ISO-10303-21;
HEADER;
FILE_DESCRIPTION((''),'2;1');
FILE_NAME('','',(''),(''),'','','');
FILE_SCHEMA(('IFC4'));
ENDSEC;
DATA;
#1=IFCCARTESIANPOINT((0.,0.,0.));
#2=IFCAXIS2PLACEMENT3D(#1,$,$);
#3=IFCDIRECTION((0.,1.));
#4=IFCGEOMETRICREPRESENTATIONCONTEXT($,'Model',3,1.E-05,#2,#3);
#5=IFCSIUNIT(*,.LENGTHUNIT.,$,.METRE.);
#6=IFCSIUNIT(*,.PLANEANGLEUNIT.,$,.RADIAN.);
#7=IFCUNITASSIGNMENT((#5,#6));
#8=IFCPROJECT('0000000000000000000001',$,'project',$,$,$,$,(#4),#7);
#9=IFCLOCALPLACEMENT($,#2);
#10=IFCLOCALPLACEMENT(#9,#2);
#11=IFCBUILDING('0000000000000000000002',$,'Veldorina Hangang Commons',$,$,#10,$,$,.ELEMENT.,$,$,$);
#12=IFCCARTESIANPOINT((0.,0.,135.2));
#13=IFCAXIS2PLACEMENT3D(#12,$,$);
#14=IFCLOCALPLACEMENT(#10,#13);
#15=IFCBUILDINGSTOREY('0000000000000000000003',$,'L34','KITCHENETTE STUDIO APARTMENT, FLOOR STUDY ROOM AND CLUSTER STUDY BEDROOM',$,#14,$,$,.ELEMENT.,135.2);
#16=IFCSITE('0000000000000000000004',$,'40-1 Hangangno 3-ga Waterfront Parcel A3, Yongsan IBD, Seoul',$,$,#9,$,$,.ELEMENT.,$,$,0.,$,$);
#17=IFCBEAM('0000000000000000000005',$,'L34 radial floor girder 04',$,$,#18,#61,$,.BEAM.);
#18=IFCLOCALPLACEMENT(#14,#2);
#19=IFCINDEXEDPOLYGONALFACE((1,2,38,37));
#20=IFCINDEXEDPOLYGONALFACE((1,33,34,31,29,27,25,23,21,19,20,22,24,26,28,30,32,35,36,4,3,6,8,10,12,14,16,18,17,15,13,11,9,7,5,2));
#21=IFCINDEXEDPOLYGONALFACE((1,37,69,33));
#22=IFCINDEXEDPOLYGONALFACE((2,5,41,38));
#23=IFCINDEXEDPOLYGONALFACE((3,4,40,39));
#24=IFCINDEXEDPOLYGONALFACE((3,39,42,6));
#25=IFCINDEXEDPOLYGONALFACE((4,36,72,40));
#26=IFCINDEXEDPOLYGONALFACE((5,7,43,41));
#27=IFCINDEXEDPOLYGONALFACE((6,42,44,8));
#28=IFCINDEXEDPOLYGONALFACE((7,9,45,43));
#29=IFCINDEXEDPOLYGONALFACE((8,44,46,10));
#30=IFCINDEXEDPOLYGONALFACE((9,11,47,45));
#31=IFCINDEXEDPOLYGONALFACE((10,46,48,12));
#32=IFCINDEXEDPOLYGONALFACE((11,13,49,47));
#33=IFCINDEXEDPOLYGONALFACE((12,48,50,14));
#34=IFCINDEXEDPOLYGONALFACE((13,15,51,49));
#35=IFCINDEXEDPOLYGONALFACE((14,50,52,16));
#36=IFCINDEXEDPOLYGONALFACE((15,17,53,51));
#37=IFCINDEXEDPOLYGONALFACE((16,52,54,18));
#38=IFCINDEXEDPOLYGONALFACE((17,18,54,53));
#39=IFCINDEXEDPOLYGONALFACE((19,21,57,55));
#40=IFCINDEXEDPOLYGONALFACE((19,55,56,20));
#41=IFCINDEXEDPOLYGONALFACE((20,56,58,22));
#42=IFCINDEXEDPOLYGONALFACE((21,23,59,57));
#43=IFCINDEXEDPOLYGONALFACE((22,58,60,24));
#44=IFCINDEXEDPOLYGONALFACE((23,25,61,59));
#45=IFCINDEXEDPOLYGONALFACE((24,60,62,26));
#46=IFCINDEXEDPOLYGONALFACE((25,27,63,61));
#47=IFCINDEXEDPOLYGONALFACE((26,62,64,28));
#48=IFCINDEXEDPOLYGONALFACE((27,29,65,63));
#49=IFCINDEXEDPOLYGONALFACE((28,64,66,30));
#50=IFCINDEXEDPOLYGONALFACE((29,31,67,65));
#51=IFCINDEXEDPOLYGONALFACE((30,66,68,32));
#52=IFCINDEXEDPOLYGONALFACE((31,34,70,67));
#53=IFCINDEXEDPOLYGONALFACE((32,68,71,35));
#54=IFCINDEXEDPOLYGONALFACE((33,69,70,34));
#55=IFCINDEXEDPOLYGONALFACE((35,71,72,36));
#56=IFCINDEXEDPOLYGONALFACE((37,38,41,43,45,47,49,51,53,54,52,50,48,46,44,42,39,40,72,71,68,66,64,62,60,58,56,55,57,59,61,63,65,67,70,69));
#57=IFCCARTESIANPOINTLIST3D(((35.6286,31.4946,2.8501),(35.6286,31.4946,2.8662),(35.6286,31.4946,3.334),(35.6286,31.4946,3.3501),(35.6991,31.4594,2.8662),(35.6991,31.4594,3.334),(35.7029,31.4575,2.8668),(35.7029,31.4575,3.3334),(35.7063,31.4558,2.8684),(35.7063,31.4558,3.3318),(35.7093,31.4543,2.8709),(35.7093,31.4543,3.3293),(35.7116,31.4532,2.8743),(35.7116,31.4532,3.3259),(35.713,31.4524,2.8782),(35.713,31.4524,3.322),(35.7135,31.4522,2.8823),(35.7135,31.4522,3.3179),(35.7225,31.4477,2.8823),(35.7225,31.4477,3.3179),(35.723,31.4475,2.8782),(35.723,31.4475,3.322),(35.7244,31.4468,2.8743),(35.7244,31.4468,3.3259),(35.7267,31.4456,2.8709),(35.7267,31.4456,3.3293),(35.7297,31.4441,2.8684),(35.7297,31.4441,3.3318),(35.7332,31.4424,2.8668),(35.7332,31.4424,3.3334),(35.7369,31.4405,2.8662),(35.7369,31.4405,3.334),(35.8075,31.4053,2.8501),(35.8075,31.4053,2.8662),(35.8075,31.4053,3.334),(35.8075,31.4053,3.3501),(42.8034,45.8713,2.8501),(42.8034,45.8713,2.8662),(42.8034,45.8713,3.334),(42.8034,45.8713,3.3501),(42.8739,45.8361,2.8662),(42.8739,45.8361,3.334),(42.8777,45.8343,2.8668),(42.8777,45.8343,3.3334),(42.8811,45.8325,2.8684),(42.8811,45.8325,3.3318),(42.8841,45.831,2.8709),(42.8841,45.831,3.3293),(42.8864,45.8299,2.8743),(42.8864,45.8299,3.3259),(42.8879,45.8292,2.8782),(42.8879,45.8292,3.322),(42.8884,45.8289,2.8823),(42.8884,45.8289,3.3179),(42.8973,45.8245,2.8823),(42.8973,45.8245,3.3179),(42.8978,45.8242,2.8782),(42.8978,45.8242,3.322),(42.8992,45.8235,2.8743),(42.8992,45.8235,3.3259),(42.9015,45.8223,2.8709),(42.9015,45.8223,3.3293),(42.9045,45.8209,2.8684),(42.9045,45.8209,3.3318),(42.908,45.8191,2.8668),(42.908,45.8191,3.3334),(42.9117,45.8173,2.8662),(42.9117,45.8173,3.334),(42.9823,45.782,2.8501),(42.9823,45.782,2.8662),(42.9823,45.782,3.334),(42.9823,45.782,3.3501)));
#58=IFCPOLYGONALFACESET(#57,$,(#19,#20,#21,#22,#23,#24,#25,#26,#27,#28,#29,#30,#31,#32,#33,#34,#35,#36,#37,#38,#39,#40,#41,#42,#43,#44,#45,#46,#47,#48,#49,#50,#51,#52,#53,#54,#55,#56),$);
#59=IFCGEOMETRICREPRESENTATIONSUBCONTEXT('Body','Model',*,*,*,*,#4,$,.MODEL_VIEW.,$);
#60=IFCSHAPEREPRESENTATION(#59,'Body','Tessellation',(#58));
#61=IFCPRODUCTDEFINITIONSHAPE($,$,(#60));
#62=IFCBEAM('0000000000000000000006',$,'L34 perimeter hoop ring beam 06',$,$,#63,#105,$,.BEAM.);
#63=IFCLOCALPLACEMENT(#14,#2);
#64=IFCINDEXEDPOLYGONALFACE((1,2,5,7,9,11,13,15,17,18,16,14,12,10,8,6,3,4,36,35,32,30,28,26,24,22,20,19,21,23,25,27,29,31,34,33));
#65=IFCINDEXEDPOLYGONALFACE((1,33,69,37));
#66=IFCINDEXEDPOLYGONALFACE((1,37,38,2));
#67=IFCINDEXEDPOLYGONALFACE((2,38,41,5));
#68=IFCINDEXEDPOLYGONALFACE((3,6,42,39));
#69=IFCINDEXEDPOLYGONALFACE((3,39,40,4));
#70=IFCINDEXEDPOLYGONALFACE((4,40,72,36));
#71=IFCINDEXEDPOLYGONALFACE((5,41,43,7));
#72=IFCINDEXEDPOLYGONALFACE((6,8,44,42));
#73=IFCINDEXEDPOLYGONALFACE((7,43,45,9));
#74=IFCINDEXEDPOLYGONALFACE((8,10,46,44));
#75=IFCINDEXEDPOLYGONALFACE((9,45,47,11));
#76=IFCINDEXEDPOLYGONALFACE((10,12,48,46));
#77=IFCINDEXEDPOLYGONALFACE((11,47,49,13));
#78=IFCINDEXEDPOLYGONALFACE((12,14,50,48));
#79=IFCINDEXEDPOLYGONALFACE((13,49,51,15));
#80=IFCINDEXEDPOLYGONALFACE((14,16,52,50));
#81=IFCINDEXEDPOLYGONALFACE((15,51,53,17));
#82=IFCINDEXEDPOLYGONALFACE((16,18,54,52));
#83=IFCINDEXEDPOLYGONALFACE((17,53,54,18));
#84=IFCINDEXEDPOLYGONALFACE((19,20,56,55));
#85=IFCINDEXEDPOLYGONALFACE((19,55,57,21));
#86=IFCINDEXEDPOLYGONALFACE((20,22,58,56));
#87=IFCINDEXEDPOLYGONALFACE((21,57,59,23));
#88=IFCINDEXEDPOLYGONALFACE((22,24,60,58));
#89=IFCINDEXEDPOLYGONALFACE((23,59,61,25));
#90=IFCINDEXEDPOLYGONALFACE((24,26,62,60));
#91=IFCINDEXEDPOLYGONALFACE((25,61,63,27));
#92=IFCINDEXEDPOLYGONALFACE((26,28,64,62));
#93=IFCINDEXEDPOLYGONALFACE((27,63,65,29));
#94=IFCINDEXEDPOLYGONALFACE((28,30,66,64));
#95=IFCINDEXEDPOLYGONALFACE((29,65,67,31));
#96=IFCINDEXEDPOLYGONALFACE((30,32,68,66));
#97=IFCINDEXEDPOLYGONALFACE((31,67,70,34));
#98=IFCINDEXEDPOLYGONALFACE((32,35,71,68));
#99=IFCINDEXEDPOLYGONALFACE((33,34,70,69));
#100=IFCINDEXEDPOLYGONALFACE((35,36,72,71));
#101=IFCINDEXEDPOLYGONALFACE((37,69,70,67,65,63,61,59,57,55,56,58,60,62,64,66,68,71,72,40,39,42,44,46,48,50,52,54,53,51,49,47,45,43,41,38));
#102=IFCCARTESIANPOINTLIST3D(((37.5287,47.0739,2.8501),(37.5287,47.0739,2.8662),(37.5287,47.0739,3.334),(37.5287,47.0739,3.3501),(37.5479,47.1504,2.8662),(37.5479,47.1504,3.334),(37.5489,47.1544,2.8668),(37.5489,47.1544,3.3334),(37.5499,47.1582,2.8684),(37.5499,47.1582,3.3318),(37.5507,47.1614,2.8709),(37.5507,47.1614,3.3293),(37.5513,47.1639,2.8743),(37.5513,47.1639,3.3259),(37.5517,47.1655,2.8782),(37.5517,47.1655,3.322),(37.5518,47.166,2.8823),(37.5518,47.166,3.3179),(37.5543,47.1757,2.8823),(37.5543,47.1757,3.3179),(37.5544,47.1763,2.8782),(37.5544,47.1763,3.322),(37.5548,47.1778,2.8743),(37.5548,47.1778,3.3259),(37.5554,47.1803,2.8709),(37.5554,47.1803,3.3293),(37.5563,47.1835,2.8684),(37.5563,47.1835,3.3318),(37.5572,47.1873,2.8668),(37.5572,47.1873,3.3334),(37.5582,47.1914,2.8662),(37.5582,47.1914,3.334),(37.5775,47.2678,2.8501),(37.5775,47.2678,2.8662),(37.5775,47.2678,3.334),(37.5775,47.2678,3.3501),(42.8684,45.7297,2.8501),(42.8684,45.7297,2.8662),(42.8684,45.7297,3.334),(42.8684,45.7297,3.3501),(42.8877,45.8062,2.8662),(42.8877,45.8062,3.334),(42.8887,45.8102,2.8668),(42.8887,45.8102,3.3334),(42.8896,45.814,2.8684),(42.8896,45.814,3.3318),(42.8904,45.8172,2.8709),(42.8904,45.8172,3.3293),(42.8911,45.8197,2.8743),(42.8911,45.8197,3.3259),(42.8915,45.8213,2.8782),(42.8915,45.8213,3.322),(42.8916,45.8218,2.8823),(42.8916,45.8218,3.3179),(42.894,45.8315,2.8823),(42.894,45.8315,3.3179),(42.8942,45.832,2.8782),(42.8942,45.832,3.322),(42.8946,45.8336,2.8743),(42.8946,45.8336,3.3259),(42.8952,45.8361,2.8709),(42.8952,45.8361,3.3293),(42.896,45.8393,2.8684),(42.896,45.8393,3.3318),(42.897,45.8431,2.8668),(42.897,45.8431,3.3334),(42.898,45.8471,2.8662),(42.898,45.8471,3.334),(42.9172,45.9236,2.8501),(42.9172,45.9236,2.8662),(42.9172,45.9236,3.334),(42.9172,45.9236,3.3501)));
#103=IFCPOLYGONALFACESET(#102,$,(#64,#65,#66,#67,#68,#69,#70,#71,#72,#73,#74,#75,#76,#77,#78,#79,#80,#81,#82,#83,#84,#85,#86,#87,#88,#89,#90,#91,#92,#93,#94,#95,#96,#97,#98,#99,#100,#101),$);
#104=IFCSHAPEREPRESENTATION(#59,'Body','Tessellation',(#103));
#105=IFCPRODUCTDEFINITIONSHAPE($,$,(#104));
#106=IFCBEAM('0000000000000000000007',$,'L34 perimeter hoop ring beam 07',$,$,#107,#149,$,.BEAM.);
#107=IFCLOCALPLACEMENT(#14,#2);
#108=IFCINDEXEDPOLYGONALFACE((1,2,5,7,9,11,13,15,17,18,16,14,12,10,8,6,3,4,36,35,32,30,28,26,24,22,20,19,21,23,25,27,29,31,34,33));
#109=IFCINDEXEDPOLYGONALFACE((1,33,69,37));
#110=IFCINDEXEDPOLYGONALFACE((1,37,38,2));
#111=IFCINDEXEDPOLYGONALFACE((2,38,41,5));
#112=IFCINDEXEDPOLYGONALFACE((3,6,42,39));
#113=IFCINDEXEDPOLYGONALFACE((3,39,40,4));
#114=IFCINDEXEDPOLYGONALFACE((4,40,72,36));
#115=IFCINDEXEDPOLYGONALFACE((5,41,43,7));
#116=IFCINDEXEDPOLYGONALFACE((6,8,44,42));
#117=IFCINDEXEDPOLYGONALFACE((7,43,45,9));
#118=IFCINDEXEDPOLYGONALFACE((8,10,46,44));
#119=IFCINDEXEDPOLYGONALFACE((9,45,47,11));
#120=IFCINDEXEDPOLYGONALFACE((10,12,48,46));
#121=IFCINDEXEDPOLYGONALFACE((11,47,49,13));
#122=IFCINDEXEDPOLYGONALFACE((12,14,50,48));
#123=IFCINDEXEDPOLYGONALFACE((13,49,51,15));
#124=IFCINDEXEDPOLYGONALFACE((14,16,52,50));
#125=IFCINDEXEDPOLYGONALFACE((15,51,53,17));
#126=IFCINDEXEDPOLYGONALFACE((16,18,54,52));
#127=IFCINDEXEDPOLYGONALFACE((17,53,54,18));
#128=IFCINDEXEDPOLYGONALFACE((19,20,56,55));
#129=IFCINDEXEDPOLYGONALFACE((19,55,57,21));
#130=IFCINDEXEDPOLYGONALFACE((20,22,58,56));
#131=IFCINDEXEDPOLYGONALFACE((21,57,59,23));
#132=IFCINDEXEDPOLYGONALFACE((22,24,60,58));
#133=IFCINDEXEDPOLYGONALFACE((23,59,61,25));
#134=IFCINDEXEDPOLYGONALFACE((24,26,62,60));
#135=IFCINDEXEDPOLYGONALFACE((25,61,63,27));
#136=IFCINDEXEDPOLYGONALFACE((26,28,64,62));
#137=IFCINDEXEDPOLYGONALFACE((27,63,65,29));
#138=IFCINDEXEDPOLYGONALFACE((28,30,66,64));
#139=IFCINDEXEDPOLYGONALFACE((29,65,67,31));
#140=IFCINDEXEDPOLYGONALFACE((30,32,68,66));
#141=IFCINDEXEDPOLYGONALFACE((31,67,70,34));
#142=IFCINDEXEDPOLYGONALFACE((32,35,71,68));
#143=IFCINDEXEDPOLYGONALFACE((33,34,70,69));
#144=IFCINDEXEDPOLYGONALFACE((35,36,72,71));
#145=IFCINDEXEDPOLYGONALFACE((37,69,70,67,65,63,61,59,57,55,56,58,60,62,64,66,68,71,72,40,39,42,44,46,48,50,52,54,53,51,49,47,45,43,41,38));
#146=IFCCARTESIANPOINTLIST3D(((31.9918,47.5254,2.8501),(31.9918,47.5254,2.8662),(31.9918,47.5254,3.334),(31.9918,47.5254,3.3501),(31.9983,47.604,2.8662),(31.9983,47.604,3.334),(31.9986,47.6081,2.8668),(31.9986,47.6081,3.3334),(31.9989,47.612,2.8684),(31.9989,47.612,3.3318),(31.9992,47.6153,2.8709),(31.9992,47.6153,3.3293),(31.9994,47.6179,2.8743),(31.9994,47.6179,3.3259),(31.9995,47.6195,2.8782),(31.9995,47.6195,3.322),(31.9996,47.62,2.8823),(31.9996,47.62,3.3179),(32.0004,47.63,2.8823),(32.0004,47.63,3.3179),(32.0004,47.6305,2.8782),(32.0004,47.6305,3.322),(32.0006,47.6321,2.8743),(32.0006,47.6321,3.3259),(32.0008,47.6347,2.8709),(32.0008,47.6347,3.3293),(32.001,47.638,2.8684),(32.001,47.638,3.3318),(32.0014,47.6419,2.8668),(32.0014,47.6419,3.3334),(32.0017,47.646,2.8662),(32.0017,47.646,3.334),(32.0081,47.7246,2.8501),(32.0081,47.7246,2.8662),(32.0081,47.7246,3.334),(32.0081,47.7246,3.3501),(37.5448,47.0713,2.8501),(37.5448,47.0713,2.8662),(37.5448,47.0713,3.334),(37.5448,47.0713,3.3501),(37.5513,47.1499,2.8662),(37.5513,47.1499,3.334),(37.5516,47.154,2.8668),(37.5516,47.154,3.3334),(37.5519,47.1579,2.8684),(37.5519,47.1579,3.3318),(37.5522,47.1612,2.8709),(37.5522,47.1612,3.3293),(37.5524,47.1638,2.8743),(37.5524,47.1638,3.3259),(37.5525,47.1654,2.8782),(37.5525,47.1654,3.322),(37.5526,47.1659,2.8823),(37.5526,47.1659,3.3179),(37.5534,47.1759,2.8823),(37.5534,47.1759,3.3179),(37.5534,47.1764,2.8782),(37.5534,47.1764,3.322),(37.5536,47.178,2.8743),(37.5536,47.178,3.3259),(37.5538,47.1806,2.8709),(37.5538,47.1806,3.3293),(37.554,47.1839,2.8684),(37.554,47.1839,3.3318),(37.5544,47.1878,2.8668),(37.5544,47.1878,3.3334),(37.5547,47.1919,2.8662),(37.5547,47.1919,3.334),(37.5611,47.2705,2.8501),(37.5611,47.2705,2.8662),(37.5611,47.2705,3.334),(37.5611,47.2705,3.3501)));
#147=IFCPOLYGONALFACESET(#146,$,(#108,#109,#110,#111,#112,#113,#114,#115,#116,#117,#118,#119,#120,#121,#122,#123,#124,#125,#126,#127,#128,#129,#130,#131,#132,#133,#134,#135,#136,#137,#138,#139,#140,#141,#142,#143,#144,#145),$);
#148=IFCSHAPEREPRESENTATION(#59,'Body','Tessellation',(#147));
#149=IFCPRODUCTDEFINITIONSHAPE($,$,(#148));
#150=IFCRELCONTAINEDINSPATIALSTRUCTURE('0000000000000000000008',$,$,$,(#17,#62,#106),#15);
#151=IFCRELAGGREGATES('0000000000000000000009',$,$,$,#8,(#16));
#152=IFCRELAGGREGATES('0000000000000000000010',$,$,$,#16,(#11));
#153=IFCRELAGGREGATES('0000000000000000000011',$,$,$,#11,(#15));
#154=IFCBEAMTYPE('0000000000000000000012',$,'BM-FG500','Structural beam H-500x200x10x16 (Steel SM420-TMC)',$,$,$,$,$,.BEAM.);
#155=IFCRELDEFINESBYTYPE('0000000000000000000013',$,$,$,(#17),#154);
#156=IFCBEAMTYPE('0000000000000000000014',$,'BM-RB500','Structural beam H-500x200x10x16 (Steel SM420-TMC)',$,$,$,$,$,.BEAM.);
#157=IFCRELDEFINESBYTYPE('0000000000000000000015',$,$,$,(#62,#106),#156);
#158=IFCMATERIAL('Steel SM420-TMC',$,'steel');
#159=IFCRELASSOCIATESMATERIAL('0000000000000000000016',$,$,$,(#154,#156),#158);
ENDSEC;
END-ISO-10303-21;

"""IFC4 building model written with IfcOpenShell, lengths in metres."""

from ifc_helpers import new_model, si_unit, direction, frame, origin, origin_2d, place, context, subcontext, project, spatial, i_section, extrude, material, material_profile, profile_set, type_object, element, save


model = new_model("IFC4")

# Units and contexts
model_context = context("Model", 3, precision=1e-05, world=origin(), true_north=direction((0.0, 1.0)))
body_context = subcontext(model_context, "Body", "Model", "MODEL_VIEW")
ifc_project = project(units=[si_unit("LENGTHUNIT", "METRE"), si_unit("PLANEANGLEUNIT", "RADIAN")], contexts=[model_context])

# Site, building, storey
site_placement = place(None, origin())
site = spatial("IfcSite", under=ifc_project, at=site_placement, Name="40-1 Hangangno 3-ga Waterfront Parcel A3, Yongsan IBD, Seoul", CompositionType="ELEMENT", RefElevation=0.0)
building_placement = place(site_placement, origin())
building = spatial("IfcBuilding", under=site, at=building_placement, Name="Veldorina Hangang Commons", CompositionType="ELEMENT")
storey_placement = place(building_placement, frame((0.0, 0.0, 135.2)))
storey = spatial("IfcBuildingStorey", under=building, at=storey_placement, Name="L34", Description="KITCHENETTE STUDIO APARTMENT, FLOOR STUDY ROOM AND CLUSTER STUDY BEDROOM", CompositionType="ELEMENT", Elevation=135.2)

# Beams
ifc_material_1 = material(Name="Steel SM420-TMC", Category="steel")
ifc_material_profile_1 = material_profile(ifc_material_1, i_section(OverallWidth=0.2, OverallDepth=0.5, WebThickness=0.01, FlangeThickness=0.0161, FilletRadius=0.0161, at=origin_2d()), Name="H-500x200x10x16")
ifc_profile_set_1 = profile_set([ifc_material_profile_1], Name="Steel SM420-TMC")
beam_type_1 = type_object("IfcBeamType", Name="BM-FG500", Description="Structural beam H-500x200x10x16 (Steel SM420-TMC)", PredefinedType="BEAM", material=ifc_profile_set_1)
beam_1_placement = place(storey_placement, frame((35.718, 31.45, 3.1001), z_axis=(0.446539, 0.894764, 0.0), x_axis=(-0.894764, 0.446539, 0.0)))
element("IfcBeam", 1, at=beam_1_placement, inside=storey, type_object=beam_type_1, Name="L34 radial floor girder 04", PredefinedType="BEAM", context=body_context, shape_type="SweptSolid", body=[
    extrude(i_section(OverallWidth=0.2, OverallDepth=0.5, WebThickness=0.01, FlangeThickness=0.0161, FilletRadius=0.0161, at=origin_2d()), origin(), (0.0, 0.0, 1.0), 16.0676),
])
ifc_material_profile_2 = material_profile(ifc_material_1, i_section(OverallWidth=0.2, OverallDepth=0.5, WebThickness=0.01, FlangeThickness=0.0161, FilletRadius=0.0161, at=origin_2d()), Name="H-500x200x10x16")
ifc_profile_set_2 = profile_set([ifc_material_profile_2], Name="Steel SM420-TMC")
beam_type_2 = type_object("IfcBeamType", Name="BM-RB500", Description="Structural beam H-500x200x10x16 (Steel SM420-TMC)", PredefinedType="BEAM", material=ifc_profile_set_2)
beam_2_placement = place(storey_placement, frame((42.8928, 45.8267, 3.1001), z_axis=(-0.969745, 0.244121, 0.0), x_axis=(-0.244121, -0.969745, 0.0)))
element("IfcBeam", 2, at=beam_2_placement, inside=storey, type_object=beam_type_2, Name="L34 perimeter hoop ring beam 06", PredefinedType="BEAM", context=body_context, shape_type="SweptSolid", body=[
    extrude(i_section(OverallWidth=0.2, OverallDepth=0.5, WebThickness=0.01, FlangeThickness=0.0161, FilletRadius=0.0161, at=origin_2d()), origin(), (0.0, 0.0, 1.0), 5.5063),
])
beam_3_placement = place(storey_placement, frame((37.553, 47.1709, 3.1001), z_axis=(-0.996673, 0.081504, 0.0), x_axis=(-0.081504, -0.996673, 0.0)))
element("IfcBeam", 3, at=beam_3_placement, inside=storey, type_object=beam_type_2, Name="L34 perimeter hoop ring beam 07", PredefinedType="BEAM", context=body_context, shape_type="SweptSolid", body=[
    extrude(i_section(OverallWidth=0.2, OverallDepth=0.5, WebThickness=0.01, FlangeThickness=0.0161, FilletRadius=0.0161, at=origin_2d()), origin(), (0.0, 0.0, 1.0), 5.5715),
])

save(model, "model.ifc")
